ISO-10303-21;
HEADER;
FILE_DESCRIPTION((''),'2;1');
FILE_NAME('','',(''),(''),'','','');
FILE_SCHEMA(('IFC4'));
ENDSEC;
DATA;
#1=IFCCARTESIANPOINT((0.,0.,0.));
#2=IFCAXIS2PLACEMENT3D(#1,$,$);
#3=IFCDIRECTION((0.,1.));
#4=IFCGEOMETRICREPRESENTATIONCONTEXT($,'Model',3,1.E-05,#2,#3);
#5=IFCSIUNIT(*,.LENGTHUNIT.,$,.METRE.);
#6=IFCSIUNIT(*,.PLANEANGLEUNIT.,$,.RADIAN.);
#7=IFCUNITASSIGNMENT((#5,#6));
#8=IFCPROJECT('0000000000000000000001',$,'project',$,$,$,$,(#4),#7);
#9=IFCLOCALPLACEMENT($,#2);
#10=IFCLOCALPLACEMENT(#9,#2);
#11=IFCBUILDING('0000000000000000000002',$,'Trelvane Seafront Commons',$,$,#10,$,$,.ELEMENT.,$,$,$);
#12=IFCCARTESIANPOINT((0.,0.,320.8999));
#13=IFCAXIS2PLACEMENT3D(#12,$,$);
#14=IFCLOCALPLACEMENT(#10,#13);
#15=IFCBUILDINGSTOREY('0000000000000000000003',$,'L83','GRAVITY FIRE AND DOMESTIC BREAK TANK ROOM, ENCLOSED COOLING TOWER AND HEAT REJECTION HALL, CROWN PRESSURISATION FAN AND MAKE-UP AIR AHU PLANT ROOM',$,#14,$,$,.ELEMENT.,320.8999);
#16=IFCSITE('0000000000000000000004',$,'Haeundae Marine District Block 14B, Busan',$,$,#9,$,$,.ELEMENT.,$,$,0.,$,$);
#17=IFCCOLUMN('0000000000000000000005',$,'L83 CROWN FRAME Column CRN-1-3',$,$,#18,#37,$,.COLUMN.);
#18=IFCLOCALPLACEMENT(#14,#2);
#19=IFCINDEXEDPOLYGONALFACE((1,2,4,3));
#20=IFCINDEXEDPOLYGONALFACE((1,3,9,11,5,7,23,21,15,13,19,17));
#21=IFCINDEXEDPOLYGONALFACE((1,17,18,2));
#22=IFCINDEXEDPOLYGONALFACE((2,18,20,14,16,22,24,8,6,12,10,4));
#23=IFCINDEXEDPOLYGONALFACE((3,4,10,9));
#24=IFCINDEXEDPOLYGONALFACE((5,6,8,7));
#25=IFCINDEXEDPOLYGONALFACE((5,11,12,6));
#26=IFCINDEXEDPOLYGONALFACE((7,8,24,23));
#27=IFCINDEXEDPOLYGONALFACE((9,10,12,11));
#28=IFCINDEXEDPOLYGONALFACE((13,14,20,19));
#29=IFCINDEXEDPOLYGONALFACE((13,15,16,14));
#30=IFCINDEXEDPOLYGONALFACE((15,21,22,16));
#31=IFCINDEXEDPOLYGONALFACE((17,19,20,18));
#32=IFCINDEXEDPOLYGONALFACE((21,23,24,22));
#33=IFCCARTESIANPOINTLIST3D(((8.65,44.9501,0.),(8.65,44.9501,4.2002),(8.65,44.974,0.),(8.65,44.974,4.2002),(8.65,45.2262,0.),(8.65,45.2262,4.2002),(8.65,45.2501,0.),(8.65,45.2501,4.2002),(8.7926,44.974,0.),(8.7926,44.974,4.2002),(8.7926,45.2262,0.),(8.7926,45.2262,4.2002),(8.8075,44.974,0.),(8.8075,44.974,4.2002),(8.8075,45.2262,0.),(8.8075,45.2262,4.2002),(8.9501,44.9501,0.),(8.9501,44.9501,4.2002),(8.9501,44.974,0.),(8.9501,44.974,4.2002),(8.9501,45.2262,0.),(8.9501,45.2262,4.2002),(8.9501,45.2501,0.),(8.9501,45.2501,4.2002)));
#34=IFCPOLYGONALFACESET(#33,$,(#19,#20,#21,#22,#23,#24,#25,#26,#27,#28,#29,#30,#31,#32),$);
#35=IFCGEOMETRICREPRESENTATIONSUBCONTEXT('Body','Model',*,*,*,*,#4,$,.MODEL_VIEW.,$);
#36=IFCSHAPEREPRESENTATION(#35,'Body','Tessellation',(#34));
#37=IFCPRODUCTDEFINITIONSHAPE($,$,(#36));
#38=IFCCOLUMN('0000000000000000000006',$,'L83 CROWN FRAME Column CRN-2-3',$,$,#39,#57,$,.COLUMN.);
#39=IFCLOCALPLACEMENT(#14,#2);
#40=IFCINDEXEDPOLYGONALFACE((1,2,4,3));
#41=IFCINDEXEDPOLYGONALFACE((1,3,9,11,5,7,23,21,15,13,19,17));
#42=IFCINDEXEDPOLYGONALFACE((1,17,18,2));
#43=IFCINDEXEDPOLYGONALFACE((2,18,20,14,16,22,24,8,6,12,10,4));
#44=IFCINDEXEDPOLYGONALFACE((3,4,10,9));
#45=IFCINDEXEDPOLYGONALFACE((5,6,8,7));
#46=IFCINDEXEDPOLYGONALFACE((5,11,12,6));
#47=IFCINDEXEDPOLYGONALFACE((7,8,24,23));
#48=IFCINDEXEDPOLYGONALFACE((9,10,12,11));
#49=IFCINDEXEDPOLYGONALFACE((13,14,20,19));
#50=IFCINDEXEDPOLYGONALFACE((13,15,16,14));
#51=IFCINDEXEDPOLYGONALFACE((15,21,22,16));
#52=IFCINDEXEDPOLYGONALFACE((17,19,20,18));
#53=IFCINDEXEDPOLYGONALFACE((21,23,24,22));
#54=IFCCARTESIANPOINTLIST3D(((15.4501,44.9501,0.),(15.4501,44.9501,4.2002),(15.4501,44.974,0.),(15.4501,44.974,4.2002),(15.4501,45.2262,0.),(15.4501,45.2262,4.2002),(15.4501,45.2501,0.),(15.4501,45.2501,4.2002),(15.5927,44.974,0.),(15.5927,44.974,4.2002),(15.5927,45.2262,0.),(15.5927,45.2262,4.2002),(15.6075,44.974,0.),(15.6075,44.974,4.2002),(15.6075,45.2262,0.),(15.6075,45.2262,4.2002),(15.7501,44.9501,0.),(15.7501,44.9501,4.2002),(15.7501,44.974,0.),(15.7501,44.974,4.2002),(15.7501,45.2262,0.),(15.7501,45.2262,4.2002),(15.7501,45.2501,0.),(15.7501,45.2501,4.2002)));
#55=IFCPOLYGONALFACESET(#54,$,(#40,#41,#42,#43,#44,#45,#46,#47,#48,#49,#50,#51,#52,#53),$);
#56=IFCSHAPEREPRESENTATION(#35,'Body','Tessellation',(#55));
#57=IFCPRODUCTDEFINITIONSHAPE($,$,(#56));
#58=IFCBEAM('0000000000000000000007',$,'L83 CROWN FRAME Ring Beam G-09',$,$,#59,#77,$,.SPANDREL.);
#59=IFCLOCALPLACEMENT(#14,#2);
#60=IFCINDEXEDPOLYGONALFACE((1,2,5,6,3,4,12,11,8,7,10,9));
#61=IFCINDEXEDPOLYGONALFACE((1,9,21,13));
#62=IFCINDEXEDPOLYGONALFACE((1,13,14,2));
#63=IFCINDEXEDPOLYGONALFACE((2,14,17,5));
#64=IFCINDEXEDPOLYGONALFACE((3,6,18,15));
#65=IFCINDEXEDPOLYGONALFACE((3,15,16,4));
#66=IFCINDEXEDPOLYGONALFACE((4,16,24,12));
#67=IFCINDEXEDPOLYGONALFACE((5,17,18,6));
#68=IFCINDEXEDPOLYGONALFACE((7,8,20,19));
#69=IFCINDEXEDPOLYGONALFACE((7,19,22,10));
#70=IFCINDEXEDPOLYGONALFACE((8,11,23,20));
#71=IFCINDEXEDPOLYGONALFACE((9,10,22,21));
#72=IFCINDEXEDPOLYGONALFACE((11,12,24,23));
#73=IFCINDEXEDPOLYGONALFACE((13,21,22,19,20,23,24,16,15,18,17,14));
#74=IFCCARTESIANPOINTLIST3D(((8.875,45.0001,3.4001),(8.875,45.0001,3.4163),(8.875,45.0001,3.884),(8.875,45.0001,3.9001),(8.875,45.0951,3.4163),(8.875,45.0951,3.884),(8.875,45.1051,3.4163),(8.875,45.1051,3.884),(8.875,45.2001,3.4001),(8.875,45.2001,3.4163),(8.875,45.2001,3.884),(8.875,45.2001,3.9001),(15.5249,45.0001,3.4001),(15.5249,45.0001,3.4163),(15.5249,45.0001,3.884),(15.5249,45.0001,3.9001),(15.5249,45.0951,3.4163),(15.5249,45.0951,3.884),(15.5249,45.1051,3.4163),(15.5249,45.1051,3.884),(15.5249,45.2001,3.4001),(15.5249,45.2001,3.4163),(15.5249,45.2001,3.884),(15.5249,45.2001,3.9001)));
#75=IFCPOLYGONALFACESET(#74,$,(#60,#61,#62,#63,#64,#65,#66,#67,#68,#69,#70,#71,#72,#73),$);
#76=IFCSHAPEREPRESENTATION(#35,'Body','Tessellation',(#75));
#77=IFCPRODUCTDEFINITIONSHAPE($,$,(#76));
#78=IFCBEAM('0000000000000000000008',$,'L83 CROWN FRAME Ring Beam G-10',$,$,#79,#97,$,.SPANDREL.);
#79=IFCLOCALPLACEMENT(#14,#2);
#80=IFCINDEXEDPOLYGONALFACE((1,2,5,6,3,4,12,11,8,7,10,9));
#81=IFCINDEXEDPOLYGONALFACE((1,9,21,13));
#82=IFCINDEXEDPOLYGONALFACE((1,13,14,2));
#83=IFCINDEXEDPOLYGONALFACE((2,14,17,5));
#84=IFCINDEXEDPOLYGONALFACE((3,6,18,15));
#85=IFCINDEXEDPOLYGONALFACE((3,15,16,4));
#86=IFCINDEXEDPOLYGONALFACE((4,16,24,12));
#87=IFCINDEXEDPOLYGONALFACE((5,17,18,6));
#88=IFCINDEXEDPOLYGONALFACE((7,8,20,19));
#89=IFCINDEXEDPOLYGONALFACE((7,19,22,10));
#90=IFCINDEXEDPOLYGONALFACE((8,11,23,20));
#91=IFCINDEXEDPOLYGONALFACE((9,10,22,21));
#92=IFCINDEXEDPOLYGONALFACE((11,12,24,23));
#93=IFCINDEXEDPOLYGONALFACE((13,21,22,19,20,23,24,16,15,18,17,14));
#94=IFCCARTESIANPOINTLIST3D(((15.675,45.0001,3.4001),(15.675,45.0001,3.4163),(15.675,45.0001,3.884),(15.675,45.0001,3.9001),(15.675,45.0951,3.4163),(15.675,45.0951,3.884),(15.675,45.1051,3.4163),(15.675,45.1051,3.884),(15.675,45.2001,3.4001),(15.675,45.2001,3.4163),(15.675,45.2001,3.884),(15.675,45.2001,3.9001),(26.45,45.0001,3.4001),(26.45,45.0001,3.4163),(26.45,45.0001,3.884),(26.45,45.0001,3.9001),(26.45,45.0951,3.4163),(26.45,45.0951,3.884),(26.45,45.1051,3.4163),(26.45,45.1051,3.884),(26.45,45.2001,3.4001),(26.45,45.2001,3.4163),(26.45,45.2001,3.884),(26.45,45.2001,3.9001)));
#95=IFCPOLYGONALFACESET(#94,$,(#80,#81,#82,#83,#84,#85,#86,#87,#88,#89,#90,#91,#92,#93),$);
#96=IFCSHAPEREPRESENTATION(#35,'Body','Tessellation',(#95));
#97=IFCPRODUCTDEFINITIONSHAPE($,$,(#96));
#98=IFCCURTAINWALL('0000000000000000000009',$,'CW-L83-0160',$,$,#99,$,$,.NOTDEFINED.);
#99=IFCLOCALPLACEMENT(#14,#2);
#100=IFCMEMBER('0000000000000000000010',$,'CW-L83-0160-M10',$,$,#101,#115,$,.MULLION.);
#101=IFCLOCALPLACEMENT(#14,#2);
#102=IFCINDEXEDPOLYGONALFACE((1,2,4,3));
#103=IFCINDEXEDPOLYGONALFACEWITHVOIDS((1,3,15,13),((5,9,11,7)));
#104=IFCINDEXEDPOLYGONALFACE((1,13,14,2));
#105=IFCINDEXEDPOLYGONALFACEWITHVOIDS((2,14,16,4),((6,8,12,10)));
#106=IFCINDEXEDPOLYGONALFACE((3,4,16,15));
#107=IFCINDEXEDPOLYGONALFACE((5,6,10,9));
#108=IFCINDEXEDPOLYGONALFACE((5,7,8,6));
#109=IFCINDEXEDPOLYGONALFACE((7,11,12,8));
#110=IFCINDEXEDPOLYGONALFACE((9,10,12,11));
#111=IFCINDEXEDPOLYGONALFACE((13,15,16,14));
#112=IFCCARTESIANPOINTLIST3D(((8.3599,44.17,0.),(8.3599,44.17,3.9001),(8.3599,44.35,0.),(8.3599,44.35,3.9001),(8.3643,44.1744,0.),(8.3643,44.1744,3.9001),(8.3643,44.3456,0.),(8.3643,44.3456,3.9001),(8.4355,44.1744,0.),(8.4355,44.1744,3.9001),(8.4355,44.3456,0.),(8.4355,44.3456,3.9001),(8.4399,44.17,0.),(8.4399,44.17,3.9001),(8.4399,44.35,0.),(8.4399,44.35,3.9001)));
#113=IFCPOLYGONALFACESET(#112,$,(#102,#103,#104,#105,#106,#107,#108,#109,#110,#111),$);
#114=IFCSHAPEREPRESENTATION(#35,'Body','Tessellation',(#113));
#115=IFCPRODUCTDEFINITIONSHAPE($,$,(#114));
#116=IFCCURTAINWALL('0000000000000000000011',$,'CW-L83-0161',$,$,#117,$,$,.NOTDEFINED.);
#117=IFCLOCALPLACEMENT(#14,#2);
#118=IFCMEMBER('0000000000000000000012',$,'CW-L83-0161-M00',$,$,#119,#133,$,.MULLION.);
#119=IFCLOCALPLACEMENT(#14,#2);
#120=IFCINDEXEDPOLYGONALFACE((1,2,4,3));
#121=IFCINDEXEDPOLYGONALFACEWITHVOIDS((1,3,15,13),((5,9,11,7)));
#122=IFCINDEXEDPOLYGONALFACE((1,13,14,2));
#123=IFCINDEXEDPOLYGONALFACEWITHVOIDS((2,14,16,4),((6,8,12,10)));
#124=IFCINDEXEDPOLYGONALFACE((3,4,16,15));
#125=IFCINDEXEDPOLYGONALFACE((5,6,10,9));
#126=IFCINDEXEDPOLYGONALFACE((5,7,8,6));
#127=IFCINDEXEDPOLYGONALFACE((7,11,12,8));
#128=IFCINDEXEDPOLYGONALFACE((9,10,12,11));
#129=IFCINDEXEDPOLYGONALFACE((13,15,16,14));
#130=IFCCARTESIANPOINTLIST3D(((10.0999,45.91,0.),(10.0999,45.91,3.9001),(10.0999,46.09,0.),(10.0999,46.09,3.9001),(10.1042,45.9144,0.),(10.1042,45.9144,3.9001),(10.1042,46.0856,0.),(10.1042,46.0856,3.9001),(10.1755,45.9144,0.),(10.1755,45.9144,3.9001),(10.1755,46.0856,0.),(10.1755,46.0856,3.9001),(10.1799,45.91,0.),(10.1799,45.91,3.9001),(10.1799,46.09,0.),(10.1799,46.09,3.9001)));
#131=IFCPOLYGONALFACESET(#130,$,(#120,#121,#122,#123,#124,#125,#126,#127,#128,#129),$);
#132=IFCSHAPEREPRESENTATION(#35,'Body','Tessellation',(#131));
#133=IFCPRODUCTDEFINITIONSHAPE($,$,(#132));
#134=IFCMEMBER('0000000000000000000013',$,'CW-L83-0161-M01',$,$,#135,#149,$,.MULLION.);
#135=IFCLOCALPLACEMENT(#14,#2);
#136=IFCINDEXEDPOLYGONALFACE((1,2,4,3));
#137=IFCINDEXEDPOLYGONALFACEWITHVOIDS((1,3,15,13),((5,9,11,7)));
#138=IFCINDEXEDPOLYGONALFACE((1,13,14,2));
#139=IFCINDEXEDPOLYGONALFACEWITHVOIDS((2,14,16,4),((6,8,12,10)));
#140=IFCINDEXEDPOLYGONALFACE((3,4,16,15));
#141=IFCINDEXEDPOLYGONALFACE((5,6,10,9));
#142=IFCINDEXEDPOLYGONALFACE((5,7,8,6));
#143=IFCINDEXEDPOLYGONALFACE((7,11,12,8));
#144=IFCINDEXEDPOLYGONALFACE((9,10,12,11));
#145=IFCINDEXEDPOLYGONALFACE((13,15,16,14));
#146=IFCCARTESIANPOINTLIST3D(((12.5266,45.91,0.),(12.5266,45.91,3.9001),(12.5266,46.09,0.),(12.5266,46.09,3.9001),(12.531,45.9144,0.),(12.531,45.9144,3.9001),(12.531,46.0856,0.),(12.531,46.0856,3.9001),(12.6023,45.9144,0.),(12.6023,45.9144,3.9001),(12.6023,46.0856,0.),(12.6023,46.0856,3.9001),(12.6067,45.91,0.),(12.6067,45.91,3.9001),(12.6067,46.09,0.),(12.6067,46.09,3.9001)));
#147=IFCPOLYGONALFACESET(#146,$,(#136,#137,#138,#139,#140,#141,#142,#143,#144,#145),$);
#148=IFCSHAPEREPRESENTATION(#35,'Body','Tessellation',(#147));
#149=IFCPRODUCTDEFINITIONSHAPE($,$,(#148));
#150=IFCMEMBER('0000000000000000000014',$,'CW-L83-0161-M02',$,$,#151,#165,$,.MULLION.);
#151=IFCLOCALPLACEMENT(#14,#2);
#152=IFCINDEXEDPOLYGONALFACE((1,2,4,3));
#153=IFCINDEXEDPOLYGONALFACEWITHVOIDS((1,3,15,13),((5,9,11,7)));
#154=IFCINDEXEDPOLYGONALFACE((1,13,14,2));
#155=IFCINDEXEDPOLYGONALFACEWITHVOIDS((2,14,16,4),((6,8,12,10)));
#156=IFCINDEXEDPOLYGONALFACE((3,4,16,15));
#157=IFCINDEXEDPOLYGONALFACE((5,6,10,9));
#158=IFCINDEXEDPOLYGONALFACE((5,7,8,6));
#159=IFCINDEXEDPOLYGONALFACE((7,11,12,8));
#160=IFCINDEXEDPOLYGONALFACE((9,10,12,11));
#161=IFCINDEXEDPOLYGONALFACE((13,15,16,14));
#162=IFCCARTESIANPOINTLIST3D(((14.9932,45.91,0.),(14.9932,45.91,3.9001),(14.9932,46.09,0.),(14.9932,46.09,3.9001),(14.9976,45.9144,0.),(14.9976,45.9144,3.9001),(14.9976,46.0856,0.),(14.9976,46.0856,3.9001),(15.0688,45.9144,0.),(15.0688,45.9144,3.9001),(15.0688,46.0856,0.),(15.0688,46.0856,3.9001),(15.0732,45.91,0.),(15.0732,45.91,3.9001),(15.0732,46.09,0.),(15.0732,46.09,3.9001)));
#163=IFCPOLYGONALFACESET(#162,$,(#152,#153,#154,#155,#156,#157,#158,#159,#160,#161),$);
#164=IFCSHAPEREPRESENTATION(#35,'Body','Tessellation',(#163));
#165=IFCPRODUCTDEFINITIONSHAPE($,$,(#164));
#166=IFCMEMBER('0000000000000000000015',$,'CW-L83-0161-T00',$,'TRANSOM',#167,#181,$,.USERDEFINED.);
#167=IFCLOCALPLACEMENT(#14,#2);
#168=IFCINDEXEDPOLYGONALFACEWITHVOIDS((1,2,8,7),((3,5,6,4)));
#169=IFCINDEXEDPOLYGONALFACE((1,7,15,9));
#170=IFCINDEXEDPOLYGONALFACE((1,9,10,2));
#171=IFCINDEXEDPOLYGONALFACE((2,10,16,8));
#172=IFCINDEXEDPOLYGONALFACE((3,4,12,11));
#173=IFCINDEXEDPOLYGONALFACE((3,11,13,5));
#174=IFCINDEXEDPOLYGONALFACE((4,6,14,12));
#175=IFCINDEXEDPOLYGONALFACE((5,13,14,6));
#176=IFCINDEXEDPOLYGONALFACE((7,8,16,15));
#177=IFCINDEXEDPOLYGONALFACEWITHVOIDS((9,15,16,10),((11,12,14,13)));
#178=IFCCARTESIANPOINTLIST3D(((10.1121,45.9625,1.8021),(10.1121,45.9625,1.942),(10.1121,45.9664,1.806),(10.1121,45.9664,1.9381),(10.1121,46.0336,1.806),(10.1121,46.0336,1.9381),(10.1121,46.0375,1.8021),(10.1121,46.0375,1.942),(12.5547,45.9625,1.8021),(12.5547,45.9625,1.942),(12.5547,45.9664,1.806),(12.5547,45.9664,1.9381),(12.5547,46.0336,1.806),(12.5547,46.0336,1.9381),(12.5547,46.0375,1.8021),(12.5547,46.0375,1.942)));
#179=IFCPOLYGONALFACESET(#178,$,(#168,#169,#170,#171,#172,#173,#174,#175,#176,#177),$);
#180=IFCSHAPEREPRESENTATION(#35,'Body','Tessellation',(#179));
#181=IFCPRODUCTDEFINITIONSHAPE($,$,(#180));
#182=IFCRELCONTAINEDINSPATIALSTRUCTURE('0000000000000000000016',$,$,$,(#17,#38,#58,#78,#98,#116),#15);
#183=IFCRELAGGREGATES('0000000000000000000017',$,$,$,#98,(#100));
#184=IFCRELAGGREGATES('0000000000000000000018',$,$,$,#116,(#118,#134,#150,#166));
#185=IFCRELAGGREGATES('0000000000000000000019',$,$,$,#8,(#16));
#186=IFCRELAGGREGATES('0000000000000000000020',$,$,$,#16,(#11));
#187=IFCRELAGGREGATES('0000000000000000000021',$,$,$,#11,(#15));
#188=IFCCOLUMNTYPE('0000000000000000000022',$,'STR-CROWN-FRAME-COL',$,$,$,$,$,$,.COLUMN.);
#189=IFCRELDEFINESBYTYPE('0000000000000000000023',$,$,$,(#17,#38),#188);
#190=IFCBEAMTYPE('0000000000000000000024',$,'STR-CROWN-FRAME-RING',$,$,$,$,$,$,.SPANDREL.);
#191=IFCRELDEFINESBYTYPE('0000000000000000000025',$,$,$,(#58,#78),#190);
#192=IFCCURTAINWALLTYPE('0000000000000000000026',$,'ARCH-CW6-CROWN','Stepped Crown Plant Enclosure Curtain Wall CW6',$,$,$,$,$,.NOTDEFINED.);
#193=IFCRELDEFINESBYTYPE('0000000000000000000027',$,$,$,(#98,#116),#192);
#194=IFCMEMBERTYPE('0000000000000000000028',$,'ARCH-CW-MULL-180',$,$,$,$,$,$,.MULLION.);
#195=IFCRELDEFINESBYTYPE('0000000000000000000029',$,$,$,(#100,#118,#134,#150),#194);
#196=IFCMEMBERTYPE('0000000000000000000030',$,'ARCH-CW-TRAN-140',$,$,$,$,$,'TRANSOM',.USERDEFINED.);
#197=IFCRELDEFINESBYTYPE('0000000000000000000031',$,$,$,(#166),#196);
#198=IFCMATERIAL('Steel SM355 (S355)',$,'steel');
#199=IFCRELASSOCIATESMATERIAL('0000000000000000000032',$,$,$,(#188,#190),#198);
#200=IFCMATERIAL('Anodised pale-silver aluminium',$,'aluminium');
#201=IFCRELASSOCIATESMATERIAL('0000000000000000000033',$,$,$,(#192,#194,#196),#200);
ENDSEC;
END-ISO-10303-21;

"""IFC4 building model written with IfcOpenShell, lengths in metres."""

from ifc_helpers import new_model, si_unit, direction, frame, origin, origin_2d, place, context, subcontext, project, spatial, hollow_rectangle, i_section, extrude, source, transform, mapped, material, material_profile, profile_set, type_object, element, aggregate, save


model = new_model("IFC4")

# Units and contexts
model_context = context("Model", 3, precision=1e-05, world=origin(), true_north=direction((0.0, 1.0)))
body_context = subcontext(model_context, "Body", "Model", "MODEL_VIEW")
ifc_project = project(units=[si_unit("LENGTHUNIT", "METRE"), si_unit("PLANEANGLEUNIT", "RADIAN")], contexts=[model_context])

# Site, building, storey
site_placement = place(None, origin())
site = spatial("IfcSite", under=ifc_project, at=site_placement, Name="Haeundae Marine District Block 14B, Busan", CompositionType="ELEMENT", RefElevation=0.0)
building_placement = place(site_placement, origin())
building = spatial("IfcBuilding", under=site, at=building_placement, Name="Trelvane Seafront Commons", CompositionType="ELEMENT")
storey_placement = place(building_placement, frame((0.0, 0.0, 320.8999)))
storey = spatial("IfcBuildingStorey", under=building, at=storey_placement, Name="L83", Description="GRAVITY FIRE AND DOMESTIC BREAK TANK ROOM, ENCLOSED COOLING TOWER AND HEAT REJECTION HALL, CROWN PRESSURISATION FAN AND MAKE-UP AIR AHU PLANT ROOM", CompositionType="ELEMENT", Elevation=320.8999)

# Columns
ifc_material_1 = material(Name="Steel SM355 (S355)", Category="steel")
ifc_material_profile_1 = material_profile(ifc_material_1, i_section(OverallWidth=0.3, OverallDepth=0.3, WebThickness=0.0149, FlangeThickness=0.0239, at=origin_2d()), Name="HD-300x300x15x24")
ifc_profile_set_1 = profile_set([ifc_material_profile_1], Name="Steel SM355 (S355)")
column_type = type_object("IfcColumnType", Name="STR-CROWN-FRAME-COL", PredefinedType="COLUMN", material=ifc_profile_set_1)
shared_shape_1 = source(origin(), body_context, "Body", "SweptSolid", [
    extrude(i_section(OverallWidth=0.3, OverallDepth=0.3, WebThickness=0.0149, FlangeThickness=0.0239, at=origin_2d()), origin(), (0.0, 0.0, 1.0), 4.2002),
])
for number, where, z_axis, x_axis, name in (
    (1, (8.8, 45.1001, 0.0), (0.0, 0.0, 1.0), (1.0, 0.0, 0.0), "L83 CROWN FRAME Column CRN-1-3"),
    (2, (15.6001, 45.1001, 0.0), (0.0, 0.0, 1.0), (1.0, 0.0, 0.0), "L83 CROWN FRAME Column CRN-2-3"),
):
    element("IfcColumn", number, at=place(storey_placement, frame(where, z_axis=z_axis, x_axis=x_axis)), inside=storey, type_object=column_type, Name=name, PredefinedType="COLUMN", context=body_context, shape_type="MappedRepresentation", body=[
        mapped(shared_shape_1, transform((0.0, 0.0, 0.0), x_axis=(1.0, 0.0, 0.0), y_axis=(0.0, 1.0, 0.0), z_axis=(0.0, 0.0, 1.0), scale=1.0)),
    ])

# Beams
ifc_material_profile_2 = material_profile(ifc_material_1, i_section(OverallWidth=0.2, OverallDepth=0.5, WebThickness=0.01, FlangeThickness=0.0161, at=origin_2d()), Name="H-500x200x10x16")
ifc_profile_set_2 = profile_set([ifc_material_profile_2], Name="Steel SM355 (S355)")
beam_type = type_object("IfcBeamType", Name="STR-CROWN-FRAME-RING", PredefinedType="SPANDREL", material=ifc_profile_set_2)
shared_shape_2 = source(origin(), body_context, "Body", "SweptSolid", [
    extrude(i_section(OverallWidth=0.2, OverallDepth=0.5, WebThickness=0.01, FlangeThickness=0.0161, at=origin_2d()), origin(), (0.0, 0.0, 1.0), 6.6499),
])
beam_1_placement = place(storey_placement, frame((8.875, 45.1001, 3.6501), z_axis=(1.0, 0.0, 0.0), x_axis=(0.0, 1.0, 0.0)))
element("IfcBeam", 3, at=beam_1_placement, inside=storey, type_object=beam_type, Name="L83 CROWN FRAME Ring Beam G-09", PredefinedType="SPANDREL", context=body_context, shape_type="MappedRepresentation", body=[
    mapped(shared_shape_2, transform((0.0, 0.0, 0.0), x_axis=(1.0, 0.0, 0.0), y_axis=(0.0, 1.0, 0.0), z_axis=(0.0, 0.0, 1.0), scale=1.0)),
])
shared_shape_3 = source(origin(), body_context, "Body", "SweptSolid", [
    extrude(i_section(OverallWidth=0.2, OverallDepth=0.5, WebThickness=0.01, FlangeThickness=0.0161, at=origin_2d()), origin(), (0.0, 0.0, 1.0), 10.7749),
])
beam_2_placement = place(storey_placement, frame((15.675, 45.1001, 3.6501), z_axis=(1.0, 0.0, 0.0), x_axis=(0.0, 1.0, 0.0)))
element("IfcBeam", 4, at=beam_2_placement, inside=storey, type_object=beam_type, Name="L83 CROWN FRAME Ring Beam G-10", PredefinedType="SPANDREL", context=body_context, shape_type="MappedRepresentation", body=[
    mapped(shared_shape_3, transform((0.0, 0.0, 0.0), x_axis=(1.0, 0.0, 0.0), y_axis=(0.0, 1.0, 0.0), z_axis=(0.0, 0.0, 1.0), scale=1.0)),
])

# Curtain wall, member
ifc_material_2 = material(Name="Anodised pale-silver aluminium", Category="aluminium")
curtain_wall_type = type_object("IfcCurtainWallType", Name="ARCH-CW6-CROWN", Description="Stepped Crown Plant Enclosure Curtain Wall CW6", PredefinedType="NOTDEFINED", material=ifc_material_2)
curtain_wall_1_placement = place(storey_placement, origin())
curtain_wall_1 = element("IfcCurtainWall", 5, at=curtain_wall_1_placement, inside=storey, type_object=curtain_wall_type, Name="CW-L83-0160", PredefinedType="NOTDEFINED")
ifc_material_profile_3 = material_profile(ifc_material_2, hollow_rectangle(XDim=0.0801, YDim=0.1799, WallThickness=0.0044, at=origin_2d()), Name="MULL-80x180x4.5")
ifc_profile_set_3 = profile_set([ifc_material_profile_3], Name="Anodised pale-silver aluminium")
member_type_1 = type_object("IfcMemberType", Name="ARCH-CW-MULL-180", PredefinedType="MULLION", material=ifc_profile_set_3)
shared_shape_4 = source(origin(), body_context, "Body", "SweptSolid", [
    extrude(hollow_rectangle(XDim=0.0801, YDim=0.1799, WallThickness=0.0044, at=origin_2d()), origin(), (0.0, 0.0, 1.0), 3.9001),
])
member_1_placement = place(storey_placement, frame((8.3999, 44.26, 0.0), z_axis=(0.0, 0.0, 1.0), x_axis=(1.0, 0.0, 0.0)))
member_1 = element("IfcMember", 6, at=member_1_placement, type_object=member_type_1, Name="CW-L83-0160-M10", PredefinedType="MULLION", context=body_context, shape_type="MappedRepresentation", body=[
    mapped(shared_shape_4, transform((0.0, 0.0, 0.0), x_axis=(1.0, 0.0, 0.0), y_axis=(0.0, 1.0, 0.0), z_axis=(0.0, 0.0, 1.0), scale=1.0)),
])
aggregate(curtain_wall_1, [member_1])

# Curtain wall, members
curtain_wall_2_placement = place(storey_placement, origin())
curtain_wall_2 = element("IfcCurtainWall", 7, at=curtain_wall_2_placement, inside=storey, type_object=curtain_wall_type, Name="CW-L83-0161", PredefinedType="NOTDEFINED")
member_2_placement = place(storey_placement, frame((10.1399, 46.0, 0.0), z_axis=(0.0, 0.0, 1.0), x_axis=(1.0, 0.0, 0.0)))
member_2 = element("IfcMember", 8, at=member_2_placement, type_object=member_type_1, Name="CW-L83-0161-M00", PredefinedType="MULLION", context=body_context, shape_type="MappedRepresentation", body=[
    mapped(shared_shape_4, transform((0.0, 0.0, 0.0), x_axis=(1.0, 0.0, 0.0), y_axis=(0.0, 1.0, 0.0), z_axis=(0.0, 0.0, 1.0), scale=1.0)),
])
member_3_placement = place(storey_placement, frame((12.5667, 46.0, 0.0), z_axis=(0.0, 0.0, 1.0), x_axis=(1.0, 0.0, 0.0)))
member_3 = element("IfcMember", 9, at=member_3_placement, type_object=member_type_1, Name="CW-L83-0161-M01", PredefinedType="MULLION", context=body_context, shape_type="MappedRepresentation", body=[
    mapped(shared_shape_4, transform((0.0, 0.0, 0.0), x_axis=(1.0, 0.0, 0.0), y_axis=(0.0, 1.0, 0.0), z_axis=(0.0, 0.0, 1.0), scale=1.0)),
])
member_4_placement = place(storey_placement, frame((15.0332, 46.0, 0.0), z_axis=(0.0, 0.0, 1.0), x_axis=(1.0, 0.0, 0.0)))
member_4 = element("IfcMember", 10, at=member_4_placement, type_object=member_type_1, Name="CW-L83-0161-M02", PredefinedType="MULLION", context=body_context, shape_type="MappedRepresentation", body=[
    mapped(shared_shape_4, transform((0.0, 0.0, 0.0), x_axis=(1.0, 0.0, 0.0), y_axis=(0.0, 1.0, 0.0), z_axis=(0.0, 0.0, 1.0), scale=1.0)),
])
ifc_material_profile_4 = material_profile(ifc_material_2, hollow_rectangle(XDim=0.075, YDim=0.1399, WallThickness=0.0039, at=origin_2d()), Name="TRAN-75x140x4")
ifc_profile_set_4 = profile_set([ifc_material_profile_4], Name="Anodised pale-silver aluminium")
member_type_2 = type_object("IfcMemberType", Name="ARCH-CW-TRAN-140", ElementType="TRANSOM", PredefinedType="USERDEFINED", material=ifc_profile_set_4)
shared_shape_5 = source(origin(), body_context, "Body", "SweptSolid", [
    extrude(hollow_rectangle(XDim=0.075, YDim=0.1399, WallThickness=0.0039, at=origin_2d()), origin(), (0.0, 0.0, 1.0), 2.4426),
])
member_5_placement = place(storey_placement, frame((10.1121, 46.0, 1.8721), z_axis=(1.0, 0.0, 0.0), x_axis=(0.0, 1.0, 0.0)))
member_5 = element("IfcMember", 11, at=member_5_placement, type_object=member_type_2, Name="CW-L83-0161-T00", ObjectType="TRANSOM", PredefinedType="USERDEFINED", context=body_context, shape_type="MappedRepresentation", body=[
    mapped(shared_shape_5, transform((0.0, 0.0, 0.0), x_axis=(1.0, 0.0, 0.0), y_axis=(0.0, 1.0, 0.0), z_axis=(0.0, 0.0, 1.0), scale=1.0)),
])
aggregate(curtain_wall_2, [member_2, member_3, member_4, member_5])

save(model, "model.ifc")
